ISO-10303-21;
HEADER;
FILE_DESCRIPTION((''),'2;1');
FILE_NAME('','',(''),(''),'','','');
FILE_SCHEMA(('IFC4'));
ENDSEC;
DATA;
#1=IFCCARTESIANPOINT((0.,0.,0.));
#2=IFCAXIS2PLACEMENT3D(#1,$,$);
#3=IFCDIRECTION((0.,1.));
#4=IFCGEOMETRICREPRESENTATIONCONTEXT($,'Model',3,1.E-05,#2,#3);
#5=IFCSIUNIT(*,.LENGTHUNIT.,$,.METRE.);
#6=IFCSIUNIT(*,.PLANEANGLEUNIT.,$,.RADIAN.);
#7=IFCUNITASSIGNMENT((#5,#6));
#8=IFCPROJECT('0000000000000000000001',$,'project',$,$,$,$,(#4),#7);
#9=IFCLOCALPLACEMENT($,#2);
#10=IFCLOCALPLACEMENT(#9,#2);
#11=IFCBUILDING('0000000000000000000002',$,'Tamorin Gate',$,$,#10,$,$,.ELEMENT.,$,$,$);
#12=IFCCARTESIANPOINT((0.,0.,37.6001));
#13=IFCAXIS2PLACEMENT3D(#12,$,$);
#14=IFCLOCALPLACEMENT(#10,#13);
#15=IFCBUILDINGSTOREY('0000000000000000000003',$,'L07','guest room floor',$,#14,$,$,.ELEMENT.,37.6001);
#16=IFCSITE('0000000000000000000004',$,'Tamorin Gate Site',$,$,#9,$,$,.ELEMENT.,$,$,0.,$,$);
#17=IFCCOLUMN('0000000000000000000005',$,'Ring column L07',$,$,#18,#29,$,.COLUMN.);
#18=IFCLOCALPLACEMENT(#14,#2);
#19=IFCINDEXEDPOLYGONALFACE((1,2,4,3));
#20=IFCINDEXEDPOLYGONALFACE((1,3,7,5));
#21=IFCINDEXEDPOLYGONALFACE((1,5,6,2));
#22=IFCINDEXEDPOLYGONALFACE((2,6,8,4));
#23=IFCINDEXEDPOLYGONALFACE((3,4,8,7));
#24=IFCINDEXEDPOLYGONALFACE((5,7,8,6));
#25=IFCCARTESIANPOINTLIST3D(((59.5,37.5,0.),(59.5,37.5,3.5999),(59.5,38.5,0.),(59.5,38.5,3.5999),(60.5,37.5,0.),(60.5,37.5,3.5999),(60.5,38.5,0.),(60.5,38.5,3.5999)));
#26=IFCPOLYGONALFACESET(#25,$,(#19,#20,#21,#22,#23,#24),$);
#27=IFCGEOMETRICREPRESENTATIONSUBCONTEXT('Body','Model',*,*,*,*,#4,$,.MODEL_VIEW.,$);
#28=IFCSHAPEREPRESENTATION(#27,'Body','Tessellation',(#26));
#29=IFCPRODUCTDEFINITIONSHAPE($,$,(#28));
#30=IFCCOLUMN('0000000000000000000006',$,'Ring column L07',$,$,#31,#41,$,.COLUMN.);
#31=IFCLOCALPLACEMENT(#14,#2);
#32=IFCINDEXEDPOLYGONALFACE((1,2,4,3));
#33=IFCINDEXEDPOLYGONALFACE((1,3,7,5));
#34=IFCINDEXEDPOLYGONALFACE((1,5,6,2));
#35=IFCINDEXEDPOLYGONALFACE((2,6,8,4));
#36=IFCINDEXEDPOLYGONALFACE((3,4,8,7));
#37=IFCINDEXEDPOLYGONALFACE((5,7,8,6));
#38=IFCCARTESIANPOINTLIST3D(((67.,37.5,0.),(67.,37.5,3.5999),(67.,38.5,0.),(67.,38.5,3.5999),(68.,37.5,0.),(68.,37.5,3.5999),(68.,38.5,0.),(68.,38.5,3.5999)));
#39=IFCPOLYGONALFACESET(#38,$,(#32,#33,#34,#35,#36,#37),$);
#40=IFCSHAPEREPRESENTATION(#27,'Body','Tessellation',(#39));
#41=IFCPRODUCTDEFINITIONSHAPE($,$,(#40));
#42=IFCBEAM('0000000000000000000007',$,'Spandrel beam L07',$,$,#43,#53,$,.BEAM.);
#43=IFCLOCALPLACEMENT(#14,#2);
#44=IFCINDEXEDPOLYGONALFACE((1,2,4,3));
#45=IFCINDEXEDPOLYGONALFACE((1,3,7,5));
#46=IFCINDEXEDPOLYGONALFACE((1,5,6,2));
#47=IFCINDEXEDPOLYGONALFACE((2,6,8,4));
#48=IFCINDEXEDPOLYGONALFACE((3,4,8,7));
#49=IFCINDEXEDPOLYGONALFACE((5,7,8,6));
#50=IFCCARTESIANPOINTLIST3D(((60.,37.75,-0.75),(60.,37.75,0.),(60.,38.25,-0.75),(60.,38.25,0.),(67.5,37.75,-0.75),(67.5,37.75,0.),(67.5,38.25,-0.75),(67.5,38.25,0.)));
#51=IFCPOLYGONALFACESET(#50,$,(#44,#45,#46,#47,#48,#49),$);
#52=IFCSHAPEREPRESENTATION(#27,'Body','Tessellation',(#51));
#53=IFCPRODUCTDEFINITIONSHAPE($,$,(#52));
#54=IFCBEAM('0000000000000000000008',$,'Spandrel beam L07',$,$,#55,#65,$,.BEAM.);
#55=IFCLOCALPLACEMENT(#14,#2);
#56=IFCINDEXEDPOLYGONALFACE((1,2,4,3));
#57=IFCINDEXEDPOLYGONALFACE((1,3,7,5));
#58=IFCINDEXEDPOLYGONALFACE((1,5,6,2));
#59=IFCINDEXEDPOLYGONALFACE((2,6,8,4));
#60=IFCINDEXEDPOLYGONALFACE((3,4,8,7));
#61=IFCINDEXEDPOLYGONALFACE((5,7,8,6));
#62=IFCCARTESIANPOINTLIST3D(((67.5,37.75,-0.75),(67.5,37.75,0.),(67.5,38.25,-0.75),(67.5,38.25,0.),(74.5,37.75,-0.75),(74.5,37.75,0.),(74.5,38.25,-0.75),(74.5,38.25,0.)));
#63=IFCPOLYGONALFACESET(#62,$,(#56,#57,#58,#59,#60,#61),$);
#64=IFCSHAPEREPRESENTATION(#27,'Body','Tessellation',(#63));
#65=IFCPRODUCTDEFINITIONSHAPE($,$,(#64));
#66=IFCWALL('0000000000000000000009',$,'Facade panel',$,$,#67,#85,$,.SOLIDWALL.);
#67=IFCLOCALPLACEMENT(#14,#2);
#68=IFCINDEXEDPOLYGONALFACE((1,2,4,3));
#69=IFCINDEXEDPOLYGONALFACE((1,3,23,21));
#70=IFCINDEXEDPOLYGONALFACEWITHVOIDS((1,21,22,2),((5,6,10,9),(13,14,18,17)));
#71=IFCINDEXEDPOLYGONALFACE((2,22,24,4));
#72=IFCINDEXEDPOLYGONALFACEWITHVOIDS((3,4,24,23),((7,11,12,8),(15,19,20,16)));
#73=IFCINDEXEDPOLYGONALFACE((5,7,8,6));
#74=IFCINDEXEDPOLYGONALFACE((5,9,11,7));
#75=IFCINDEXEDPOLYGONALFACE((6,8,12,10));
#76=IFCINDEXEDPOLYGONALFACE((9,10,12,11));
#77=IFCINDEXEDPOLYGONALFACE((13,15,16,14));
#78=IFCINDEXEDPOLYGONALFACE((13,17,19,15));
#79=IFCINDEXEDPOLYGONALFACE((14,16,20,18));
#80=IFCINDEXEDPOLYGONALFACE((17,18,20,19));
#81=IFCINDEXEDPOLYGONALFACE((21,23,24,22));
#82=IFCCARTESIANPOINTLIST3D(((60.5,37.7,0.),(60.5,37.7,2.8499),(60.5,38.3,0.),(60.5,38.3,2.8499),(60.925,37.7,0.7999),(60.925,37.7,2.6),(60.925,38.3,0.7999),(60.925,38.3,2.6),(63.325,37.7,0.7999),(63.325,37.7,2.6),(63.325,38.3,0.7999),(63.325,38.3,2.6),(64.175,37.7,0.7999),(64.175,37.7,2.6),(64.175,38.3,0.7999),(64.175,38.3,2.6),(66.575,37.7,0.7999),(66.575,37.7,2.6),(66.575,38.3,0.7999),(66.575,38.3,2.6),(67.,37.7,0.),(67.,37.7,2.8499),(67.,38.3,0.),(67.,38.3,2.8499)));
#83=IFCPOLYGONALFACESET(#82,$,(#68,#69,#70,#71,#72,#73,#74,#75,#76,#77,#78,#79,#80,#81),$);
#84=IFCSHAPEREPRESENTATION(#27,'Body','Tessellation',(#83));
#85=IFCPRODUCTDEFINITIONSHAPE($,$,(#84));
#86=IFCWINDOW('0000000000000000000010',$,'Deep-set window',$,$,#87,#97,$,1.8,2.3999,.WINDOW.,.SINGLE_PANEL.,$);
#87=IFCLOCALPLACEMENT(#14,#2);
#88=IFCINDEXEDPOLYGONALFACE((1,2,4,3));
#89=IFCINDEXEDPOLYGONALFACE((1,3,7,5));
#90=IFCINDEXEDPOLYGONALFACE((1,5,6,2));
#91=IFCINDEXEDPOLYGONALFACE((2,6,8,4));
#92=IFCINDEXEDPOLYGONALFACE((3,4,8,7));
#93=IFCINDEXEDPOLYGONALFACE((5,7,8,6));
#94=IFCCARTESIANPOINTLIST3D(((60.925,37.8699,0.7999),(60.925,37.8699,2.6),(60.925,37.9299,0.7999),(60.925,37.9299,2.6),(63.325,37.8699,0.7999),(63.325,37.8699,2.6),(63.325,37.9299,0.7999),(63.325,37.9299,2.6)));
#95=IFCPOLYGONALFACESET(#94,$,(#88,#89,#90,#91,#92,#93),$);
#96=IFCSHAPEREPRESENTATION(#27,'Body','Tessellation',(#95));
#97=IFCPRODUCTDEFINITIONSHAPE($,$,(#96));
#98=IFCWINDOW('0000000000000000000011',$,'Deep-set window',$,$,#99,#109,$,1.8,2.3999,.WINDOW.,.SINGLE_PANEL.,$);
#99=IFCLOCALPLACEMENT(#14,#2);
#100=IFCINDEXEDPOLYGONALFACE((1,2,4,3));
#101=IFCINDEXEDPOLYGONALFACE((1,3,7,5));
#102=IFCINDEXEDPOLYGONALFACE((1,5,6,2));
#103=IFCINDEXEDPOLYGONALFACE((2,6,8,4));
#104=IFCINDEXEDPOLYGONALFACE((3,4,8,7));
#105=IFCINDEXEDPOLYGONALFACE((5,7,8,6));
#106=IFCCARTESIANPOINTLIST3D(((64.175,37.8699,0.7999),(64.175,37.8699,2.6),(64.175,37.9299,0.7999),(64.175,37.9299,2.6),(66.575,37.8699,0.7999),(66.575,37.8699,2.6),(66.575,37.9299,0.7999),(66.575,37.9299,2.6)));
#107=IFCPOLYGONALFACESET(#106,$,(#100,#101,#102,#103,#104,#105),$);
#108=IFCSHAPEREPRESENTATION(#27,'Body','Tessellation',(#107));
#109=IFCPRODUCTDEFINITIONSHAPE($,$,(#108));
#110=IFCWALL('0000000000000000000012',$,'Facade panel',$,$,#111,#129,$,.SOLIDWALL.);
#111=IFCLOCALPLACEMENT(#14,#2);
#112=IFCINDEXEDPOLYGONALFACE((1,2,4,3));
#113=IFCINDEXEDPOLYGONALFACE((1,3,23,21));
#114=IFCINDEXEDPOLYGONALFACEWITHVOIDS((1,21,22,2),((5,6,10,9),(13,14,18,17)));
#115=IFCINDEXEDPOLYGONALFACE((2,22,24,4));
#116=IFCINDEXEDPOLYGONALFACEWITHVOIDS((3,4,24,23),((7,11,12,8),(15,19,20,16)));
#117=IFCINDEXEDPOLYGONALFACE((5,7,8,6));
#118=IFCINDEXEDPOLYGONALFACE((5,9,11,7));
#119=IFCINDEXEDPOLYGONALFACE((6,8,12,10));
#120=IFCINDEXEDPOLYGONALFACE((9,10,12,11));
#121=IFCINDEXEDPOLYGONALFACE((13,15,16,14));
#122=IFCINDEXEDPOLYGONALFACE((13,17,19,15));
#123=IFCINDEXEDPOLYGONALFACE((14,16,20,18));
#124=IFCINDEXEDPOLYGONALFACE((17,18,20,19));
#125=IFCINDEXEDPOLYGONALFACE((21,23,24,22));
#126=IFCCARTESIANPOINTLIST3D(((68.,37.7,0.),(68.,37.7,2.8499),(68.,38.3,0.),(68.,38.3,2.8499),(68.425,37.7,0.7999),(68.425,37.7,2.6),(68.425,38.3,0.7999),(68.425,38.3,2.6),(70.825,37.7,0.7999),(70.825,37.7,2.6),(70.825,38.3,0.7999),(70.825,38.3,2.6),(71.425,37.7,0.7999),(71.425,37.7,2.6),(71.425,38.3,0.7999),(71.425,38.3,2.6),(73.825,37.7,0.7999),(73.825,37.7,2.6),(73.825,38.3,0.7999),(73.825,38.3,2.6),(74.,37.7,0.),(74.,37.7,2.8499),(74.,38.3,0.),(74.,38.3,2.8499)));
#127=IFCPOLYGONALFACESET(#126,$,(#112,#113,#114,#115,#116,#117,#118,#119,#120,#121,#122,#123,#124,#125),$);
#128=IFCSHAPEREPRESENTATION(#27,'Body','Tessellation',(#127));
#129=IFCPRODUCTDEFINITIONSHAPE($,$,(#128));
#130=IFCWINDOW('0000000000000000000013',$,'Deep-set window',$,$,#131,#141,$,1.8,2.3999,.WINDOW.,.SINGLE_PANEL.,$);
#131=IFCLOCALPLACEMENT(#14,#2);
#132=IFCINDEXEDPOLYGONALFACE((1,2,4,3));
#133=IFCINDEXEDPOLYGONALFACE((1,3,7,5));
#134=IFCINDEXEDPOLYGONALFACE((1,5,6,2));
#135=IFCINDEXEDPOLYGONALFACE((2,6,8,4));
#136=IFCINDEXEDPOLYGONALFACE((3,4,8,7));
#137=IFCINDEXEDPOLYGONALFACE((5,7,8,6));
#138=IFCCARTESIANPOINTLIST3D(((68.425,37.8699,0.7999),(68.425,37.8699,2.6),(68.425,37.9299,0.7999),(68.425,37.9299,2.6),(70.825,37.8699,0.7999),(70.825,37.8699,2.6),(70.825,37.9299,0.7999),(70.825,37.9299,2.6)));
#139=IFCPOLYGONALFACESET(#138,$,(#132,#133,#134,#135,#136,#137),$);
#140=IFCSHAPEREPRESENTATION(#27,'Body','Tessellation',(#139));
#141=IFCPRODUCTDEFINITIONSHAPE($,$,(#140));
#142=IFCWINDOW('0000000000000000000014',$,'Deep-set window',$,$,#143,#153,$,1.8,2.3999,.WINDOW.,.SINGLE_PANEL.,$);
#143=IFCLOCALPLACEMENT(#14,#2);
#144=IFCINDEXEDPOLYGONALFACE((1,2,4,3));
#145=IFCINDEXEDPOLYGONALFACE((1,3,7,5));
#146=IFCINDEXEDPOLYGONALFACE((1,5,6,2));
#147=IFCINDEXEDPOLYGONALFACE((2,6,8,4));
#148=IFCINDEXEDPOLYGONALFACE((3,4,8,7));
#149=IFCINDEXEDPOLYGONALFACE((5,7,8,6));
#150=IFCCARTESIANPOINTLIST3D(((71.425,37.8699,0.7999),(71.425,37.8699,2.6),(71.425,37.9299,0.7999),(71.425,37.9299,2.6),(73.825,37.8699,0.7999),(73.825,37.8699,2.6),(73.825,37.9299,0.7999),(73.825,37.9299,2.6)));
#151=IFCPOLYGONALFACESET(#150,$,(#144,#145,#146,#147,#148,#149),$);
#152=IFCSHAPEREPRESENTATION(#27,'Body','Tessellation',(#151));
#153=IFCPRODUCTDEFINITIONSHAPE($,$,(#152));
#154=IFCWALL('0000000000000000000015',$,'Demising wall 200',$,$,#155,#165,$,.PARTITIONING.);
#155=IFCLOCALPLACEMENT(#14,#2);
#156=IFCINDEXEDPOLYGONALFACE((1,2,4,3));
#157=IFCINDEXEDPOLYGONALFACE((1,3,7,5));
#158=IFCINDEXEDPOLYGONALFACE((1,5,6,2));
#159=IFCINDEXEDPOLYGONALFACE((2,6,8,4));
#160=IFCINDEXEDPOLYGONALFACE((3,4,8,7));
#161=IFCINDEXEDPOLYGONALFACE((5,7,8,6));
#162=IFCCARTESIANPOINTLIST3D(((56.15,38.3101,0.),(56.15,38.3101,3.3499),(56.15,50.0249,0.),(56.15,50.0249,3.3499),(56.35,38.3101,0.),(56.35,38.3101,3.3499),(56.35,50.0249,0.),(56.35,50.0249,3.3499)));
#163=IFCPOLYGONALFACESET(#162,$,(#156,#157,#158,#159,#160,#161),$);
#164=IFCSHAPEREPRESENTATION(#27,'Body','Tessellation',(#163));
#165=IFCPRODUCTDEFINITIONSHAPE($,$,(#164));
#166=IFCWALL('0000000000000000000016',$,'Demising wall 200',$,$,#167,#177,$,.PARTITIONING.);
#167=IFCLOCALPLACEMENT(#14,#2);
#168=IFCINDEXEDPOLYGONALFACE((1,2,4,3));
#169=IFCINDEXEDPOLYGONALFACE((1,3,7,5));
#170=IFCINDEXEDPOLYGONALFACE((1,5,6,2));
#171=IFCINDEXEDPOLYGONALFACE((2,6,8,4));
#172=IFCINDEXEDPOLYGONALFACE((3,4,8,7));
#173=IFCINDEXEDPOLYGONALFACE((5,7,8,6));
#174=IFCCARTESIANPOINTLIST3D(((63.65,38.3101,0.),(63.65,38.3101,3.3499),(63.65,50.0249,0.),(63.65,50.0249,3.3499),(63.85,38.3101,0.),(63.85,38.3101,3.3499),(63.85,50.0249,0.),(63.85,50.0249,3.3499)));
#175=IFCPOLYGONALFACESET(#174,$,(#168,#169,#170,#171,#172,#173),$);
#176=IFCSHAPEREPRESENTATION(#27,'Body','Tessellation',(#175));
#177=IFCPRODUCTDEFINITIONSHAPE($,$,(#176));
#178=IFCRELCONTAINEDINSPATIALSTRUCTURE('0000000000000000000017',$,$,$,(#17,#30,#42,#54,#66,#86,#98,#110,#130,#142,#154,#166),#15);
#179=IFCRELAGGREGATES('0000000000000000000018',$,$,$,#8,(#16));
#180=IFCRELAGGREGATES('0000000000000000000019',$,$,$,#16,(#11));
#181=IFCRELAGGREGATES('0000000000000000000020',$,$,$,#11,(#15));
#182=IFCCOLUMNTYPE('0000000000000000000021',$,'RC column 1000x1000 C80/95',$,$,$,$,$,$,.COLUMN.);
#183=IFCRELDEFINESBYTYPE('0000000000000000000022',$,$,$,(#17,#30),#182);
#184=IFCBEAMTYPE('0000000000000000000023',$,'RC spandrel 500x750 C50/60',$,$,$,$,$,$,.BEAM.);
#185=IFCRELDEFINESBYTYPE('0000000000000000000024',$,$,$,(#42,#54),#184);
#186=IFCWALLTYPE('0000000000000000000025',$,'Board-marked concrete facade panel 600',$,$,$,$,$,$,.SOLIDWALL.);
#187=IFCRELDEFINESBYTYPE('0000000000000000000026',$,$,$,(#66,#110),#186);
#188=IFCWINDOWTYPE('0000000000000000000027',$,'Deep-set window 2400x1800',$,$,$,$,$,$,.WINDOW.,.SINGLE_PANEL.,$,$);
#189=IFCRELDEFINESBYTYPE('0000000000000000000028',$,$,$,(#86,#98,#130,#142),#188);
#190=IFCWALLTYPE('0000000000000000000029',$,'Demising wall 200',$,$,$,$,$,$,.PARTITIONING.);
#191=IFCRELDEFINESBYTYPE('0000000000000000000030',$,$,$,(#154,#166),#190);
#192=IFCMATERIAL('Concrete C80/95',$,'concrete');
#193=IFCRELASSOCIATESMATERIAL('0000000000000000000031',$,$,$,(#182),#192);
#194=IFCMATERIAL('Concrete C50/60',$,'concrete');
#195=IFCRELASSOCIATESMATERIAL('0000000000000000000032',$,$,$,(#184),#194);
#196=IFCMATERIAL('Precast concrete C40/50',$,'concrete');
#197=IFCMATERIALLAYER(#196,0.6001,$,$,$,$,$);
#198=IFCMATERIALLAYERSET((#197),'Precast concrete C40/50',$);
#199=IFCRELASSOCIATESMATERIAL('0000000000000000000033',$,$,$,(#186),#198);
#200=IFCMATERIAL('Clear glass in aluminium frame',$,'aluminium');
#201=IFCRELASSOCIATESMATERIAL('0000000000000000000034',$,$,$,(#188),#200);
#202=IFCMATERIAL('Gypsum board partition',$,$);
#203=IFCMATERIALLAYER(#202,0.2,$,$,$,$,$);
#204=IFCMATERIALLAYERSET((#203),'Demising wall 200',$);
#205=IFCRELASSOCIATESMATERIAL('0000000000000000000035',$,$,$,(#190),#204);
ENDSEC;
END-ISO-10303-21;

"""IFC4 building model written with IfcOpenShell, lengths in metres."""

from ifc_helpers import new_model, si_unit, direction, frame, frame_2d, origin, origin_2d, place, context, subcontext, project, spatial, rectangle, extrude, material, layer, layer_set, material_profile, profile_set, type_object, element, fill, save


model = new_model("IFC4")

# Units and contexts
model_context = context("Model", 3, precision=1e-05, world=origin(), true_north=direction((0.0, 1.0)))
body_context = subcontext(model_context, "Body", "Model", "MODEL_VIEW")
ifc_project = project(units=[si_unit("LENGTHUNIT", "METRE"), si_unit("PLANEANGLEUNIT", "RADIAN")], contexts=[model_context])

# Site, building, storey
site_placement = place(None, origin())
site = spatial("IfcSite", under=ifc_project, at=site_placement, Name="Tamorin Gate Site", CompositionType="ELEMENT", RefElevation=0.0)
building_placement = place(site_placement, origin())
building = spatial("IfcBuilding", under=site, at=building_placement, Name="Tamorin Gate", CompositionType="ELEMENT")
storey_placement = place(building_placement, frame((0.0, 0.0, 37.6001)))
storey = spatial("IfcBuildingStorey", under=building, at=storey_placement, Name="L07", Description="guest room floor", CompositionType="ELEMENT", Elevation=37.6001)

# Columns
ifc_material_1 = material(Name="Concrete C80/95", Category="concrete")
ifc_material_profile_1 = material_profile(ifc_material_1, rectangle(XDim=1.0, YDim=1.0, at=origin_2d()), Name="RC 1000x1000")
ifc_profile_set_1 = profile_set([ifc_material_profile_1], Name="Concrete C80/95")
column_type = type_object("IfcColumnType", Name="RC column 1000x1000 C80/95", PredefinedType="COLUMN", material=ifc_profile_set_1)
for number, where, z_axis, x_axis, name in (
    (1, (60.0, 38.0, 0.0), (0.0, 0.0, 1.0), (1.0, 0.0, 0.0), "Ring column L07"),
    (2, (67.5, 38.0, 0.0), (0.0, 0.0, 1.0), (1.0, 0.0, 0.0), "Ring column L07"),
):
    element("IfcColumn", number, at=place(storey_placement, frame(where, z_axis=z_axis, x_axis=x_axis)), inside=storey, type_object=column_type, Name=name, PredefinedType="COLUMN", context=body_context, shape_type="SweptSolid", body=[
        extrude(rectangle(XDim=1.0, YDim=1.0, at=origin_2d()), origin(), (0.0, 0.0, 1.0), 3.5999),
    ])

# Beams
ifc_material_2 = material(Name="Concrete C50/60", Category="concrete")
ifc_material_profile_2 = material_profile(ifc_material_2, rectangle(XDim=0.5, YDim=0.75, at=origin_2d()), Name="RC 500x750")
ifc_profile_set_2 = profile_set([ifc_material_profile_2], Name="Concrete C50/60")
beam_type = type_object("IfcBeamType", Name="RC spandrel 500x750 C50/60", PredefinedType="BEAM", material=ifc_profile_set_2)
beam_1_placement = place(storey_placement, frame((60.0, 38.0, -0.375), z_axis=(1.0, 0.0, 0.0), x_axis=(0.0, 1.0, 0.0)))
element("IfcBeam", 3, at=beam_1_placement, inside=storey, type_object=beam_type, Name="Spandrel beam L07", PredefinedType="BEAM", context=body_context, shape_type="SweptSolid", body=[
    extrude(rectangle(XDim=0.5, YDim=0.75, at=origin_2d()), origin(), (0.0, 0.0, 1.0), 7.5),
])
beam_2_placement = place(storey_placement, frame((67.5, 38.0, -0.375), z_axis=(1.0, 0.0, 0.0), x_axis=(0.0, 1.0, 0.0)))
element("IfcBeam", 4, at=beam_2_placement, inside=storey, type_object=beam_type, Name="Spandrel beam L07", PredefinedType="BEAM", context=body_context, shape_type="SweptSolid", body=[
    extrude(rectangle(XDim=0.5, YDim=0.75, at=origin_2d()), origin(), (0.0, 0.0, 1.0), 7.0),
])

# Walls, openings, windows
ifc_material_3 = material(Name="Precast concrete C40/50", Category="concrete")
ifc_layer_1 = layer(ifc_material_3, 0.6001)
ifc_layer_set_1 = layer_set([ifc_layer_1], Name="Precast concrete C40/50")
wall_type_1 = type_object("IfcWallType", Name="Board-marked concrete facade panel 600", PredefinedType="SOLIDWALL", material=ifc_layer_set_1)
wall_1_placement = place(storey_placement, frame((60.5, 38.0, 0.0), z_axis=(0.0, 0.0, 1.0), x_axis=(1.0, 0.0, 0.0)))
wall_1 = element("IfcWall", 5, at=wall_1_placement, inside=storey, type_object=wall_type_1, Name="Facade panel", PredefinedType="SOLIDWALL", context=body_context, shape_type="SweptSolid", body=[
    extrude(rectangle(XDim=6.5, YDim=0.6001, at=frame_2d((3.25, 0.0))), origin(), (0.0, 0.0, 1.0), 2.8499),
])
opening_1_placement = place(wall_1_placement, frame((0.425, 0.0, 0.8)))
opening_1 = element("IfcOpeningElement", 6, at=opening_1_placement, cuts=wall_1, PredefinedType="OPENING", context=body_context, shape_type="SweptSolid", body=[
    extrude(rectangle(XDim=2.3999, YDim=1.8, at=frame_2d((1.2, 0.8999))), frame((0.0, 0.3101, 0.0), z_axis=(0.0, -1.0, 0.0), x_axis=(1.0, 0.0, 0.0)), (0.0, 0.0, 1.0), 0.6201),
])
opening_2_placement = place(wall_1_placement, frame((3.675, 0.0, 0.8)))
opening_2 = element("IfcOpeningElement", 7, at=opening_2_placement, cuts=wall_1, PredefinedType="OPENING", context=body_context, shape_type="SweptSolid", body=[
    extrude(rectangle(XDim=2.3999, YDim=1.8, at=frame_2d((1.2, 0.8999))), frame((0.0, 0.3101, 0.0), z_axis=(0.0, -1.0, 0.0), x_axis=(1.0, 0.0, 0.0)), (0.0, 0.0, 1.0), 0.6201),
])
ifc_material_4 = material(Name="Clear glass in aluminium frame", Category="aluminium")
window_type = type_object("IfcWindowType", Name="Deep-set window 2400x1800", PartitioningType="SINGLE_PANEL", PredefinedType="WINDOW", material=ifc_material_4)
window_1_placement = place(opening_1_placement, origin())
window_1 = element("IfcWindow", 8, at=window_1_placement, inside=storey, type_object=window_type, Name="Deep-set window", OverallHeight=1.8, OverallWidth=2.3999, PartitioningType="SINGLE_PANEL", PredefinedType="WINDOW", context=body_context, shape_type="SweptSolid", body=[
    extrude(rectangle(XDim=2.3999, YDim=1.8, at=frame_2d((1.2, 0.8999))), frame((0.0, -0.0701, 0.0), z_axis=(0.0, -1.0, 0.0), x_axis=(1.0, 0.0, 0.0)), (0.0, 0.0, 1.0), 0.0601),
])
fill(opening_1, window_1)
window_2_placement = place(opening_2_placement, origin())
window_2 = element("IfcWindow", 9, at=window_2_placement, inside=storey, type_object=window_type, Name="Deep-set window", OverallHeight=1.8, OverallWidth=2.3999, PartitioningType="SINGLE_PANEL", PredefinedType="WINDOW", context=body_context, shape_type="SweptSolid", body=[
    extrude(rectangle(XDim=2.3999, YDim=1.8, at=frame_2d((1.2, 0.8999))), frame((0.0, -0.0701, 0.0), z_axis=(0.0, -1.0, 0.0), x_axis=(1.0, 0.0, 0.0)), (0.0, 0.0, 1.0), 0.0601),
])
fill(opening_2, window_2)
wall_2_placement = place(storey_placement, frame((68.0, 38.0, 0.0), z_axis=(0.0, 0.0, 1.0), x_axis=(1.0, 0.0, 0.0)))
wall_2 = element("IfcWall", 10, at=wall_2_placement, inside=storey, type_object=wall_type_1, Name="Facade panel", PredefinedType="SOLIDWALL", context=body_context, shape_type="SweptSolid", body=[
    extrude(rectangle(XDim=6.0, YDim=0.6001, at=frame_2d((3.0, 0.0))), origin(), (0.0, 0.0, 1.0), 2.8499),
])
opening_3_placement = place(wall_2_placement, frame((0.425, 0.0, 0.8)))
opening_3 = element("IfcOpeningElement", 11, at=opening_3_placement, cuts=wall_2, PredefinedType="OPENING", context=body_context, shape_type="SweptSolid", body=[
    extrude(rectangle(XDim=2.3999, YDim=1.8, at=frame_2d((1.2, 0.8999))), frame((0.0, 0.3101, 0.0), z_axis=(0.0, -1.0, 0.0), x_axis=(1.0, 0.0, 0.0)), (0.0, 0.0, 1.0), 0.6201),
])
opening_4_placement = place(wall_2_placement, frame((3.425, 0.0, 0.8)))
opening_4 = element("IfcOpeningElement", 12, at=opening_4_placement, cuts=wall_2, PredefinedType="OPENING", context=body_context, shape_type="SweptSolid", body=[
    extrude(rectangle(XDim=2.3999, YDim=1.8, at=frame_2d((1.2, 0.8999))), frame((0.0, 0.3101, 0.0), z_axis=(0.0, -1.0, 0.0), x_axis=(1.0, 0.0, 0.0)), (0.0, 0.0, 1.0), 0.6201),
])
window_3_placement = place(opening_3_placement, origin())
window_3 = element("IfcWindow", 13, at=window_3_placement, inside=storey, type_object=window_type, Name="Deep-set window", OverallHeight=1.8, OverallWidth=2.3999, PartitioningType="SINGLE_PANEL", PredefinedType="WINDOW", context=body_context, shape_type="SweptSolid", body=[
    extrude(rectangle(XDim=2.3999, YDim=1.8, at=frame_2d((1.2, 0.8999))), frame((0.0, -0.0701, 0.0), z_axis=(0.0, -1.0, 0.0), x_axis=(1.0, 0.0, 0.0)), (0.0, 0.0, 1.0), 0.0601),
])
fill(opening_3, window_3)
window_4_placement = place(opening_4_placement, origin())
window_4 = element("IfcWindow", 14, at=window_4_placement, inside=storey, type_object=window_type, Name="Deep-set window", OverallHeight=1.8, OverallWidth=2.3999, PartitioningType="SINGLE_PANEL", PredefinedType="WINDOW", context=body_context, shape_type="SweptSolid", body=[
    extrude(rectangle(XDim=2.3999, YDim=1.8, at=frame_2d((1.2, 0.8999))), frame((0.0, -0.0701, 0.0), z_axis=(0.0, -1.0, 0.0), x_axis=(1.0, 0.0, 0.0)), (0.0, 0.0, 1.0), 0.0601),
])
fill(opening_4, window_4)

# Walls
ifc_material_5 = material(Name="Gypsum board partition")
ifc_layer_2 = layer(ifc_material_5, 0.2)
ifc_layer_set_2 = layer_set([ifc_layer_2], Name="Demising wall 200")
wall_type_2 = type_object("IfcWallType", Name="Demising wall 200", PredefinedType="PARTITIONING", material=ifc_layer_set_2)
for number, where, z_axis, x_axis, name in (
    (15, (56.25, 38.3101, 0.0), (0.0, 0.0, 1.0), (0.0, 1.0, 0.0), "Demising wall 200"),
    (16, (63.75, 38.3101, 0.0), (0.0, 0.0, 1.0), (0.0, 1.0, 0.0), "Demising wall 200"),
):
    element("IfcWall", number, at=place(storey_placement, frame(where, z_axis=z_axis, x_axis=x_axis)), inside=storey, type_object=wall_type_2, Name=name, PredefinedType="PARTITIONING", context=body_context, shape_type="SweptSolid", body=[
        extrude(rectangle(XDim=11.7148, YDim=0.2, at=frame_2d((5.8574, 0.0))), origin(), (0.0, 0.0, 1.0), 3.3499),
    ])

save(model, "model.ifc")
